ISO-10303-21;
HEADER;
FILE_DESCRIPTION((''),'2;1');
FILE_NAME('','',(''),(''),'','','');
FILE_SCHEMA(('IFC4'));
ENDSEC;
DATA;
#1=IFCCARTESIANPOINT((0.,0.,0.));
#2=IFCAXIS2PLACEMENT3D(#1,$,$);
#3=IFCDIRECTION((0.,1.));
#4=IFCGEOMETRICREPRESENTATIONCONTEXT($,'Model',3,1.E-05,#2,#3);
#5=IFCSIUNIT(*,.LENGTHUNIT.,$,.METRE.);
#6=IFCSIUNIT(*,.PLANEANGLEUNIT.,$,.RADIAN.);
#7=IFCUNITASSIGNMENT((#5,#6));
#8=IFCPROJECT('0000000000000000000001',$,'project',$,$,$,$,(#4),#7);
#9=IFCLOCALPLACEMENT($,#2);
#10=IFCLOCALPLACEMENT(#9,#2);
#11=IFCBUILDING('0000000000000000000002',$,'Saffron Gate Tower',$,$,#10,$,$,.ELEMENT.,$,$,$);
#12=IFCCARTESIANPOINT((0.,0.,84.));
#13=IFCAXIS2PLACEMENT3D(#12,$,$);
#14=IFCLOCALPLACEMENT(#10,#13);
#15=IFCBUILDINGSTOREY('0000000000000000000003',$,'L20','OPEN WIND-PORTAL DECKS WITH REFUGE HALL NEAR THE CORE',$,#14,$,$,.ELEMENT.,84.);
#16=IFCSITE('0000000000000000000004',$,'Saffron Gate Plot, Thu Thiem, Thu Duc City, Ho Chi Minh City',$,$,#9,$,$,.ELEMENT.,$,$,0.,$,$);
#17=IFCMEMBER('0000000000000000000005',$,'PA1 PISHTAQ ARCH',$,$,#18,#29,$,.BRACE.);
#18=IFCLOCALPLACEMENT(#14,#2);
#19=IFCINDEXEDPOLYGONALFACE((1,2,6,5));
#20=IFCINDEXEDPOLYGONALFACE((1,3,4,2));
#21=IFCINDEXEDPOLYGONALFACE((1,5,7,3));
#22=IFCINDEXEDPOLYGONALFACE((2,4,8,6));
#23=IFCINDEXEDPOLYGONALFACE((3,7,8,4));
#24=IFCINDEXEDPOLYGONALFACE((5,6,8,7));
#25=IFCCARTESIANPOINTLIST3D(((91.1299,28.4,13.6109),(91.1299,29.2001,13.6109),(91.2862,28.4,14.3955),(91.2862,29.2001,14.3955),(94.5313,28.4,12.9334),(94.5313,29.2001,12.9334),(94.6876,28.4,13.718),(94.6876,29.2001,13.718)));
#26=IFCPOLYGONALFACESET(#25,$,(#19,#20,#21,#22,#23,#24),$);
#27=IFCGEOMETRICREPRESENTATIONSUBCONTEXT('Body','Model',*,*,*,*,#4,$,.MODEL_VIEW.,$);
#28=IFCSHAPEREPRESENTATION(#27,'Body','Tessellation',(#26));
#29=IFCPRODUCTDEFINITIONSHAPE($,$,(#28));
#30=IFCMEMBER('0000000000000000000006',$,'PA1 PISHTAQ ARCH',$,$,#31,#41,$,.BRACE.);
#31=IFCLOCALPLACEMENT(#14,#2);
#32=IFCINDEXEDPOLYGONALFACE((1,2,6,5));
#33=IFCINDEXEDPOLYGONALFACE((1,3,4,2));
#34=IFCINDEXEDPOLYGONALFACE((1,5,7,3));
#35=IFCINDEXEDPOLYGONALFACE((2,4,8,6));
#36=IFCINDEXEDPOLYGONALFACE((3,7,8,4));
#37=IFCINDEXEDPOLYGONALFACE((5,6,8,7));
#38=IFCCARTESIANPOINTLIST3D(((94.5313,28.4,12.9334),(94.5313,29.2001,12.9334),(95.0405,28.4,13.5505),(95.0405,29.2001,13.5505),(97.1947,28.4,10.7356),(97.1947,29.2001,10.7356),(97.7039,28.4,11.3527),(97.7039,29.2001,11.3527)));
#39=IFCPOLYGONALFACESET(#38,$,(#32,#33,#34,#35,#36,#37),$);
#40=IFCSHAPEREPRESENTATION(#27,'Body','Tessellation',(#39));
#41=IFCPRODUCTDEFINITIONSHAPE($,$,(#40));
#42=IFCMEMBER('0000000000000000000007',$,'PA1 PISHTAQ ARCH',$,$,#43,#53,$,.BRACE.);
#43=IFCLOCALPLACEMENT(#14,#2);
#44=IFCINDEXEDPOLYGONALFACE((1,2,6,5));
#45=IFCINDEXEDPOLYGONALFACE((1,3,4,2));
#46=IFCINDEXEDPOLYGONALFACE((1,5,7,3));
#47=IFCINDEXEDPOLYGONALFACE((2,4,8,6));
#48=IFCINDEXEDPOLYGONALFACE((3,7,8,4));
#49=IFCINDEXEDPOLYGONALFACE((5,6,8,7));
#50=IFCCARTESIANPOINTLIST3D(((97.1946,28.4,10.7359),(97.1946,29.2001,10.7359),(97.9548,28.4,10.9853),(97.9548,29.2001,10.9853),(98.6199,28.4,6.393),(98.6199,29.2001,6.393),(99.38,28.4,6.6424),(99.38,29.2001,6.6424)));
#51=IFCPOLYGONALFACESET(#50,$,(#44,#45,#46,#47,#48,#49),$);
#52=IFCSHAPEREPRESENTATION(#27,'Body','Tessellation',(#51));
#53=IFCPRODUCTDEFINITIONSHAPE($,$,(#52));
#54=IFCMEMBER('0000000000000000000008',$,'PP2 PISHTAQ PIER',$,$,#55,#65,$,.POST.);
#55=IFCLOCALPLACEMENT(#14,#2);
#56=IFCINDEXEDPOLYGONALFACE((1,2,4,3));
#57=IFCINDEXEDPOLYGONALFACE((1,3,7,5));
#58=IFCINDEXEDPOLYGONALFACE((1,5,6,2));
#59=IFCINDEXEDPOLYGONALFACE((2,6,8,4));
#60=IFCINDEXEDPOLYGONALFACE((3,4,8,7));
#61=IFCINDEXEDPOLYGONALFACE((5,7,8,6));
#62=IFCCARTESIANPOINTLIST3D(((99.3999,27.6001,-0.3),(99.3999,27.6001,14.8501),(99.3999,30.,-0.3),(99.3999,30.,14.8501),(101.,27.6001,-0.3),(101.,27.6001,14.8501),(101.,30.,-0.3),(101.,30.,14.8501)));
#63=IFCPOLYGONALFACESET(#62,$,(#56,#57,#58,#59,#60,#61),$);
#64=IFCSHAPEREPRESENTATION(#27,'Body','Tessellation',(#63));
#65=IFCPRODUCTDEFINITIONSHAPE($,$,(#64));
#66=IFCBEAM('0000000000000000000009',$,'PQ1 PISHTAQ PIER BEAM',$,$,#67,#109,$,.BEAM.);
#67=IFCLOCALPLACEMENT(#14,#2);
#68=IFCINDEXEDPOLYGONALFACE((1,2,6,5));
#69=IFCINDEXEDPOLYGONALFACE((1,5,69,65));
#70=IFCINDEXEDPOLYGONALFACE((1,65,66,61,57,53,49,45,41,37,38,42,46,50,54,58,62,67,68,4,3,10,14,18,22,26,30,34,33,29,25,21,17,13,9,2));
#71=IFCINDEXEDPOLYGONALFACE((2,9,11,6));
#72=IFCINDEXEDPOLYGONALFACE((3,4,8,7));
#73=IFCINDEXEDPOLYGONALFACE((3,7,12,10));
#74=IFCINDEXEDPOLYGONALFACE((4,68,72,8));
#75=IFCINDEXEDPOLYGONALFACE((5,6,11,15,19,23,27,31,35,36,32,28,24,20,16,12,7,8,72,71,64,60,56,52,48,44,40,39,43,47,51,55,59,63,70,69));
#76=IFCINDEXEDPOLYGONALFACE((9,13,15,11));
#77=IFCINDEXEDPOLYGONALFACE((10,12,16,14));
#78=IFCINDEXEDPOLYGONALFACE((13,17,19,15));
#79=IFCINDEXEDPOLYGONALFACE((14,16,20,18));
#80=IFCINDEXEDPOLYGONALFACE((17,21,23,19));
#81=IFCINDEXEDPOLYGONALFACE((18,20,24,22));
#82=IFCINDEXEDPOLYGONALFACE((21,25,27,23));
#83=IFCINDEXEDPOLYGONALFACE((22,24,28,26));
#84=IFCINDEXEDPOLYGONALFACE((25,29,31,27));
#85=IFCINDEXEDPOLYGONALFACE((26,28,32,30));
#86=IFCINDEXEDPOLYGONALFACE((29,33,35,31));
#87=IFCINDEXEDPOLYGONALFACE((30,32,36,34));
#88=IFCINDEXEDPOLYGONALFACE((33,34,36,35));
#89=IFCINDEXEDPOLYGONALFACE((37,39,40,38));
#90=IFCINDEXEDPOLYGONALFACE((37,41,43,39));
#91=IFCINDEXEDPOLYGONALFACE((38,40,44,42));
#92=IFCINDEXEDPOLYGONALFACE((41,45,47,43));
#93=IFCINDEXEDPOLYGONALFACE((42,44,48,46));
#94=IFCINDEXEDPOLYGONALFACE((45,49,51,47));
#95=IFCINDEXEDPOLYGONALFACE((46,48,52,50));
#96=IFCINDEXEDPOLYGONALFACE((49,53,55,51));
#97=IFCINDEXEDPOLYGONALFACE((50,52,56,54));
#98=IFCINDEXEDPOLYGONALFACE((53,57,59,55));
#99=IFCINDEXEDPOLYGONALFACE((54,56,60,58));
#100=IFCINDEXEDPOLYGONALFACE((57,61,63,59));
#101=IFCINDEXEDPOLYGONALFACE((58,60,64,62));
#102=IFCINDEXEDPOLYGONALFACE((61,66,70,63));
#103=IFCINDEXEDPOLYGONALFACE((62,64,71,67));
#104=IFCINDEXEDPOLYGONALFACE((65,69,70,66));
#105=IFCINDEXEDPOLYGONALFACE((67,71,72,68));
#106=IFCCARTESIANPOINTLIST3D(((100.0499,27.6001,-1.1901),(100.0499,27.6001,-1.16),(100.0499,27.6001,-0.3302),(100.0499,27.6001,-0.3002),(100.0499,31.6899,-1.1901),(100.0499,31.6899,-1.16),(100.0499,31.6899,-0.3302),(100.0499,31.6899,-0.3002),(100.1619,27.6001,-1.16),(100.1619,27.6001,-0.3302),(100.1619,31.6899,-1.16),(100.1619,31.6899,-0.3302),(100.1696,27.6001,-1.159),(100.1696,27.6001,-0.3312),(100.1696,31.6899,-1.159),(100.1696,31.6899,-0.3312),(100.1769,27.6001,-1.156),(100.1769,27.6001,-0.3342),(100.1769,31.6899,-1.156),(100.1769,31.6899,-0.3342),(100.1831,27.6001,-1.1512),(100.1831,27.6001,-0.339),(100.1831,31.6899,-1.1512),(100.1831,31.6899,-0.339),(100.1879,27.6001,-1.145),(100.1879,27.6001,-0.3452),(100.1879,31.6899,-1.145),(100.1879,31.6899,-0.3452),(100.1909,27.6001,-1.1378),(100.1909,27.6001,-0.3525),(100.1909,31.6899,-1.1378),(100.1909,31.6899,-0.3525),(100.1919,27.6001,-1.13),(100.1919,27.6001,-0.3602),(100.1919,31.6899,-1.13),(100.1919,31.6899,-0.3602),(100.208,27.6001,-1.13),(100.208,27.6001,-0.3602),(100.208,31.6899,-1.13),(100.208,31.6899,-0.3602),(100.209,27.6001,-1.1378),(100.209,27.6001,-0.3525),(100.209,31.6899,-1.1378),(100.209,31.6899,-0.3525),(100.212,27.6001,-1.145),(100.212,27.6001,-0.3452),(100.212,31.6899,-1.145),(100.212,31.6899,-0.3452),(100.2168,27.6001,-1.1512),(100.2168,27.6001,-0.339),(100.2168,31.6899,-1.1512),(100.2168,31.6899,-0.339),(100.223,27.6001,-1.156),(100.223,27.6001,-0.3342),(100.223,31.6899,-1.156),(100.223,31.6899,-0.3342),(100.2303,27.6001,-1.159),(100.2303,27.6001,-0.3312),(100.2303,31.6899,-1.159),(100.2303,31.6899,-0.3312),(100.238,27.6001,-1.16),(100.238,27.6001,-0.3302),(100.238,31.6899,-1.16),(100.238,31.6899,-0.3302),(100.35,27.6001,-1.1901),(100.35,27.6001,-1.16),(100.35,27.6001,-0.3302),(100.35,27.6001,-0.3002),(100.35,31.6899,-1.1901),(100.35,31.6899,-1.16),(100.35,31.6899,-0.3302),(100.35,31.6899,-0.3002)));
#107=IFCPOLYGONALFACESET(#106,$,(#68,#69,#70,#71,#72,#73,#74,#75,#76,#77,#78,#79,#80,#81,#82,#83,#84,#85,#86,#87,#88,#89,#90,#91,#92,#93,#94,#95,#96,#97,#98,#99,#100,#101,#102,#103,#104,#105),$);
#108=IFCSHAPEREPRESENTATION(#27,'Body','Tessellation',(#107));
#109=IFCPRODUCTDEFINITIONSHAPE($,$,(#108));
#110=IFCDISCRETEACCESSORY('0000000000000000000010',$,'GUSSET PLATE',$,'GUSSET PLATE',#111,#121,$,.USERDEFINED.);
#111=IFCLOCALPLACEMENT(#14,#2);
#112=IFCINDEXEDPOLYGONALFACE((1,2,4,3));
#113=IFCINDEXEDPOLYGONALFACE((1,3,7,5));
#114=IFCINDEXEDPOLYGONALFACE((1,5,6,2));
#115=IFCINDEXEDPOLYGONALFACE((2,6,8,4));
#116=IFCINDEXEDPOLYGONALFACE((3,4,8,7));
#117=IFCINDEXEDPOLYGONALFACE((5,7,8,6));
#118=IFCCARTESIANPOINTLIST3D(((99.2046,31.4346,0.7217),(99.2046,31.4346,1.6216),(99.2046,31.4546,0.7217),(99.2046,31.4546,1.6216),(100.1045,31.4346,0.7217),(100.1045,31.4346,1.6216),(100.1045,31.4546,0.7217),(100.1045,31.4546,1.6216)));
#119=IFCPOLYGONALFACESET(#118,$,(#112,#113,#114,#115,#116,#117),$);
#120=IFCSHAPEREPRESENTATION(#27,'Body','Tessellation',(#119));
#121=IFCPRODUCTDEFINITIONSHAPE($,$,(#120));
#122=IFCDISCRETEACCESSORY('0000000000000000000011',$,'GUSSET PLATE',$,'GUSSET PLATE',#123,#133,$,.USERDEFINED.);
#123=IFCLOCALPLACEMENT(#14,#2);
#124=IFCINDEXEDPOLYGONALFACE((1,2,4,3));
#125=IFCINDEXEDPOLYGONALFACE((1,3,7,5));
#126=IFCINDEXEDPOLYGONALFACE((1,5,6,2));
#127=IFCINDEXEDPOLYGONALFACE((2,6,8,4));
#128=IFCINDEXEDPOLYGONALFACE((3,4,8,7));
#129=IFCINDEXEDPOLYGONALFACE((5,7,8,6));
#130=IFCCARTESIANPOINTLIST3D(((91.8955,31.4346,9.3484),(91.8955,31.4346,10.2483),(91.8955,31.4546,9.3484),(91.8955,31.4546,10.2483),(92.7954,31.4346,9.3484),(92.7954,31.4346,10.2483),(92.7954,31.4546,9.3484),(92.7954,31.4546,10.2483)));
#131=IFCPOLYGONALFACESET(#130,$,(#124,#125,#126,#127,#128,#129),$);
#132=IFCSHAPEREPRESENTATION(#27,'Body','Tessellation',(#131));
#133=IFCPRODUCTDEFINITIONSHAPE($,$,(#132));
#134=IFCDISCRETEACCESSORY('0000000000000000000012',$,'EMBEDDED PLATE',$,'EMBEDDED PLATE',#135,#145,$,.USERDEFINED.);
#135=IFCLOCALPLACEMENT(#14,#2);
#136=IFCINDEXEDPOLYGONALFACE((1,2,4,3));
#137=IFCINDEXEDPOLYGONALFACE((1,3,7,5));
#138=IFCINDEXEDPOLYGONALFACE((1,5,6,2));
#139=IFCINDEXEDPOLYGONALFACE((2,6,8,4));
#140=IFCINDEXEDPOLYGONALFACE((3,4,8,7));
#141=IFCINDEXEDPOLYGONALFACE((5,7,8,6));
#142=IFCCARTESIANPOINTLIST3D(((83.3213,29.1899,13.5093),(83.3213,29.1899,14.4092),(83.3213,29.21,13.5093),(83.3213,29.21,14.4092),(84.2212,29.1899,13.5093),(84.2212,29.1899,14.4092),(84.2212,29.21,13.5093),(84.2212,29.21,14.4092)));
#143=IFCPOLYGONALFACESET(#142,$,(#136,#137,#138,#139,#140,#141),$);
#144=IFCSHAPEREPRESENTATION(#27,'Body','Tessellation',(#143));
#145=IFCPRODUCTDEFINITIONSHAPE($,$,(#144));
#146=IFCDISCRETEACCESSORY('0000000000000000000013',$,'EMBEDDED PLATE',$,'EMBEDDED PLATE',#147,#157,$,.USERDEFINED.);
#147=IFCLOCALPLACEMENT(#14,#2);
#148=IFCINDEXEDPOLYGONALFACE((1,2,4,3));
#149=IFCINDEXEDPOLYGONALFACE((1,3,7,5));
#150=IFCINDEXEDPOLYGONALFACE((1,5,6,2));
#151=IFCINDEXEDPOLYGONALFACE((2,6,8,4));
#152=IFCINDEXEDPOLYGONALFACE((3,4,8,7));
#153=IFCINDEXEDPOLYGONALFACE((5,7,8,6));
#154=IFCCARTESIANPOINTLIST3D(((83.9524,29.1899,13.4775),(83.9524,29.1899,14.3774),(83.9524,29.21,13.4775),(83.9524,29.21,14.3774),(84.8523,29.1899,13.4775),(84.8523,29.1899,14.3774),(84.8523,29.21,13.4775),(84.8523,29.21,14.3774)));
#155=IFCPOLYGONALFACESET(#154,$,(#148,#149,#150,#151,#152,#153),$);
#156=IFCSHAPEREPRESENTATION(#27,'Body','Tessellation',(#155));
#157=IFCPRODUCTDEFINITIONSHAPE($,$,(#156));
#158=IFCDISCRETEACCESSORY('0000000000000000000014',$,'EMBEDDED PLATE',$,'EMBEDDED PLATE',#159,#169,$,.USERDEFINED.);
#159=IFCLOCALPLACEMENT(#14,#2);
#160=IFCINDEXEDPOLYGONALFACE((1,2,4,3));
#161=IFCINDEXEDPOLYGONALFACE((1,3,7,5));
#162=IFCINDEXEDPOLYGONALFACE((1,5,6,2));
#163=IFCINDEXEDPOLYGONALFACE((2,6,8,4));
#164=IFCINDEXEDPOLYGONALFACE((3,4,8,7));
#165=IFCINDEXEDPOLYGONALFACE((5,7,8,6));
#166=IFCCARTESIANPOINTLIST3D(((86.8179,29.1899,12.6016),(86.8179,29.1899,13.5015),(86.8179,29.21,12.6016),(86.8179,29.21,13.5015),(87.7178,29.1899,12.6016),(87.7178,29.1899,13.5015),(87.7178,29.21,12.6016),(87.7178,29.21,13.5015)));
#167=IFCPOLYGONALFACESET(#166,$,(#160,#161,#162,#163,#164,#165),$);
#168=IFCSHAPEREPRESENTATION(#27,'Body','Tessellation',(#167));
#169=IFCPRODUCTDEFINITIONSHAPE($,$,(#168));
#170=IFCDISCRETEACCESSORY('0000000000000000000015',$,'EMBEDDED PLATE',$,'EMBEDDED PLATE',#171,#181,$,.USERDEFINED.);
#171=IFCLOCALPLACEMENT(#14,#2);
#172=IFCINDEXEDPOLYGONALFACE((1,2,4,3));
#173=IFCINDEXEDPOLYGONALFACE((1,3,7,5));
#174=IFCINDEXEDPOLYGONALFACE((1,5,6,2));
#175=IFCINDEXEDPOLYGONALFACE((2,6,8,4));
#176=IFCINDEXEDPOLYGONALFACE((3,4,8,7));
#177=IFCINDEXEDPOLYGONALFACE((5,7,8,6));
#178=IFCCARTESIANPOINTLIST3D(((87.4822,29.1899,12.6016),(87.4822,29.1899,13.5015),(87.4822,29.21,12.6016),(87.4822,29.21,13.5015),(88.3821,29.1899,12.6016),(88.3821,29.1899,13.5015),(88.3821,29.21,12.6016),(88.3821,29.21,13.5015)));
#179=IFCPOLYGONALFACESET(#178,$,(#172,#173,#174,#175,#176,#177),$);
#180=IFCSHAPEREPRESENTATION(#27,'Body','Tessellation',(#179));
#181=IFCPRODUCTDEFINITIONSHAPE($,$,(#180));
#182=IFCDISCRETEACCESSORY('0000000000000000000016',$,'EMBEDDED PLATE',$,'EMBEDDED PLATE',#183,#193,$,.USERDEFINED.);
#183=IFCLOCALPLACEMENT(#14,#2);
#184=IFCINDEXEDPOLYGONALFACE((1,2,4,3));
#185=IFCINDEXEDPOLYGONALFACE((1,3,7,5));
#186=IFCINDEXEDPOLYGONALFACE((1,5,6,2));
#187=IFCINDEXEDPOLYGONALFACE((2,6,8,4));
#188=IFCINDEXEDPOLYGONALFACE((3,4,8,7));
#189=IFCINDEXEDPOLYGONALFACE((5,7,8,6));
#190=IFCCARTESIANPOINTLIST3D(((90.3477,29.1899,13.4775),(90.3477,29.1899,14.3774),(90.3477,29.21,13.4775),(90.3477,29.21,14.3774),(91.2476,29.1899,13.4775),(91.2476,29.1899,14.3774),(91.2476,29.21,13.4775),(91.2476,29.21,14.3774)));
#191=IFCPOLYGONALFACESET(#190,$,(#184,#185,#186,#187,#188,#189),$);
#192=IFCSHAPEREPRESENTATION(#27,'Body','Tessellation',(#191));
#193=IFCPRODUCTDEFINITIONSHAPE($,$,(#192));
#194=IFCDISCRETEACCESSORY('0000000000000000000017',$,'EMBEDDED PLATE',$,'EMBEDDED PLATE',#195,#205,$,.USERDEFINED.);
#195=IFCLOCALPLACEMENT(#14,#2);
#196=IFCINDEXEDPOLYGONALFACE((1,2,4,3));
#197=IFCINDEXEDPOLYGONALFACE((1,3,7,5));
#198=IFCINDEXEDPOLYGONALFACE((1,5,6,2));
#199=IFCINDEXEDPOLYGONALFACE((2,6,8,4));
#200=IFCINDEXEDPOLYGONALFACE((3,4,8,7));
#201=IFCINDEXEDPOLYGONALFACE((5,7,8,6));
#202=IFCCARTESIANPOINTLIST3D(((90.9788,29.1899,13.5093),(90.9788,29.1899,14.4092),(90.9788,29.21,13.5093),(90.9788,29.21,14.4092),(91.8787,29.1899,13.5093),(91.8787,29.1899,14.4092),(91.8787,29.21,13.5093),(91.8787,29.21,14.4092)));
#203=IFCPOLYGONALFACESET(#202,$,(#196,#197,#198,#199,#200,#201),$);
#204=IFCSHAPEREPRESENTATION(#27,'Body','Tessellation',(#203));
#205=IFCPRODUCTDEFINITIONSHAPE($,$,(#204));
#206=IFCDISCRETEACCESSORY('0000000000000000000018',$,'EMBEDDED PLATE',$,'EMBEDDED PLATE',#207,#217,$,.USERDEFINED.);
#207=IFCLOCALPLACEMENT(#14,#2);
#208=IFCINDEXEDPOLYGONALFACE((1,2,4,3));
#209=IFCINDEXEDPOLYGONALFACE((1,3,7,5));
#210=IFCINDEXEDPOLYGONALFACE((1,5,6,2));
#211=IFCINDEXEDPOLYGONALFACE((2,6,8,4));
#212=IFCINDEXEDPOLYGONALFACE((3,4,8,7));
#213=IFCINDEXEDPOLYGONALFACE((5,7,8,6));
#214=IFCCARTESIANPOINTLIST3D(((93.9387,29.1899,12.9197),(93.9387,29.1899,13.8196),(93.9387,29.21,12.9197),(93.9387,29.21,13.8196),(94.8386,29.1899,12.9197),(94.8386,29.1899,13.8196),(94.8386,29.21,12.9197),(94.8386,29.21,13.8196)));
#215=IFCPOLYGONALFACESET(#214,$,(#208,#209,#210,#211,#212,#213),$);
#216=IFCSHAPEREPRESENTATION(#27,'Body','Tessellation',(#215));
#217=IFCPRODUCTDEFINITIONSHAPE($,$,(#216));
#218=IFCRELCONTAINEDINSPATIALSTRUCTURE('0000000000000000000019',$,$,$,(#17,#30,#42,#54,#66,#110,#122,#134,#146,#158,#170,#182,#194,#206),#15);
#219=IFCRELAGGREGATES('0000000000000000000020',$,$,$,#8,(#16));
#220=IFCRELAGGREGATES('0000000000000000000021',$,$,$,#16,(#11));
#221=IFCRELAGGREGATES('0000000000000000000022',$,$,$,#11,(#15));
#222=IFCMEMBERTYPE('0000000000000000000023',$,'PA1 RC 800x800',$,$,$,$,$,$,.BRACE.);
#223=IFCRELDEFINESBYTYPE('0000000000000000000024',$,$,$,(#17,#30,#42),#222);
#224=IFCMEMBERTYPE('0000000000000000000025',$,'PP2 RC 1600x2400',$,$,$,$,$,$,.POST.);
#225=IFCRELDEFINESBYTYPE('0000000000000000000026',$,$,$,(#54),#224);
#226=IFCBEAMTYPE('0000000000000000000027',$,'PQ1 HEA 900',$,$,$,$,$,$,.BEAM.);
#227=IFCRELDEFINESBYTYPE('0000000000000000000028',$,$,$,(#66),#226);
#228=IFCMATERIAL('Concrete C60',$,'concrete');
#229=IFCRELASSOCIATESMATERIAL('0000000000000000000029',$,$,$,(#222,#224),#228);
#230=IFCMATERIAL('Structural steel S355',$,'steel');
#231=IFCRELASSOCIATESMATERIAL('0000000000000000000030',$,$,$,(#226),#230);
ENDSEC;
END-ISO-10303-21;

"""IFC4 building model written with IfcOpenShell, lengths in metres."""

from ifc_helpers import new_model, si_unit, direction, frame, origin, origin_2d, place, context, subcontext, project, spatial, rectangle, i_section, extrude, material, material_profile, profile_set, type_object, element, save


model = new_model("IFC4")

# Units and contexts
model_context = context("Model", 3, precision=1e-05, world=origin(), true_north=direction((0.0, 1.0)))
body_context = subcontext(model_context, "Body", "Model", "MODEL_VIEW")
ifc_project = project(units=[si_unit("LENGTHUNIT", "METRE"), si_unit("PLANEANGLEUNIT", "RADIAN")], contexts=[model_context])

# Site, building, storey
site_placement = place(None, origin())
site = spatial("IfcSite", under=ifc_project, at=site_placement, Name="Saffron Gate Plot, Thu Thiem, Thu Duc City, Ho Chi Minh City", CompositionType="ELEMENT", RefElevation=0.0)
building_placement = place(site_placement, origin())
building = spatial("IfcBuilding", under=site, at=building_placement, Name="Saffron Gate Tower", CompositionType="ELEMENT")
storey_placement = place(building_placement, frame((0.0, 0.0, 84.0)))
storey = spatial("IfcBuildingStorey", under=building, at=storey_placement, Name="L20", Description="OPEN WIND-PORTAL DECKS WITH REFUGE HALL NEAR THE CORE", CompositionType="ELEMENT", Elevation=84.0)

# Shared definitions
ifc_material_1 = material(Name="Concrete C60", Category="concrete")

# Shared definitions
ifc_material_2 = material(Name="Structural steel S355", Category="steel")

# Members
ifc_material_profile_1 = material_profile(ifc_material_1, rectangle(XDim=0.8, YDim=0.8, at=origin_2d()))
ifc_profile_set_1 = profile_set([ifc_material_profile_1], Name="Concrete C60")
member_type_1 = type_object("IfcMemberType", Name="PA1 RC 800x800", PredefinedType="BRACE", material=ifc_profile_set_1)
member_1_placement = place(storey_placement, frame((91.208, 28.8, 14.0032), z_axis=(0.980735, 0.0, -0.195344), x_axis=(0.0, 1.0, 0.0)))
element("IfcMember", 1, at=member_1_placement, inside=storey, type_object=member_type_1, Name="PA1 PISHTAQ ARCH", PredefinedType="BRACE", context=body_context, shape_type="SweptSolid", body=[
    extrude(rectangle(XDim=0.8, YDim=0.8, at=origin_2d()), origin(), (0.0, 0.0, 1.0), 3.4683),
])
member_2_placement = place(storey_placement, frame((94.7859, 28.8, 13.2419), z_axis=(0.771301, 0.0, -0.63647), x_axis=(0.0, 1.0, 0.0)))
element("IfcMember", 2, at=member_2_placement, inside=storey, type_object=member_type_1, Name="PA1 PISHTAQ ARCH", PredefinedType="BRACE", context=body_context, shape_type="SweptSolid", body=[
    extrude(rectangle(XDim=0.8, YDim=0.8, at=origin_2d()), origin(), (0.0, 0.0, 1.0), 3.4531),
])
member_3_placement = place(storey_placement, frame((97.5747, 28.8, 10.8606), z_axis=(0.311818, 0.0, -0.950142), x_axis=(0.0, 1.0, 0.0)))
element("IfcMember", 3, at=member_3_placement, inside=storey, type_object=member_type_1, Name="PA1 PISHTAQ ARCH", PredefinedType="BRACE", context=body_context, shape_type="SweptSolid", body=[
    extrude(rectangle(XDim=0.8, YDim=0.8, at=origin_2d()), origin(), (0.0, 0.0, 1.0), 4.5708),
])
ifc_material_profile_2 = material_profile(ifc_material_1, rectangle(XDim=1.6001, YDim=2.3999, at=origin_2d()))
ifc_profile_set_2 = profile_set([ifc_material_profile_2], Name="Concrete C60")
member_type_2 = type_object("IfcMemberType", Name="PP2 RC 1600x2400", PredefinedType="POST", material=ifc_profile_set_2)
member_4_placement = place(storey_placement, frame((100.2, 28.8, -0.3), z_axis=(0.0, 0.0, 1.0), x_axis=(1.0, 0.0, 0.0)))
element("IfcMember", 4, at=member_4_placement, inside=storey, type_object=member_type_2, Name="PP2 PISHTAQ PIER", PredefinedType="POST", context=body_context, shape_type="SweptSolid", body=[
    extrude(rectangle(XDim=1.6001, YDim=2.3999, at=origin_2d()), origin(), (0.0, 0.0, 1.0), 15.1501),
])

# Beam
ifc_material_profile_3 = material_profile(ifc_material_2, i_section(OverallWidth=0.3, OverallDepth=0.8899, WebThickness=0.0161, FlangeThickness=0.03, FilletRadius=0.03, at=origin_2d()))
ifc_profile_set_3 = profile_set([ifc_material_profile_3], Name="Structural steel S355")
beam_type_1 = type_object("IfcBeamType", Name="PQ1 HEA 900", PredefinedType="BEAM", material=ifc_profile_set_3)
beam_1_placement = place(storey_placement, frame((100.2, 27.6001, -0.7451), z_axis=(0.0, 1.0, 0.0), x_axis=(-1.0, 0.0, 0.0)))
element("IfcBeam", 5, at=beam_1_placement, inside=storey, type_object=beam_type_1, Name="PQ1 PISHTAQ PIER BEAM", PredefinedType="BEAM", context=body_context, shape_type="SweptSolid", body=[
    extrude(i_section(OverallWidth=0.3, OverallDepth=0.8899, WebThickness=0.0161, FlangeThickness=0.03, FilletRadius=0.03, at=origin_2d()), origin(), (0.0, 0.0, 1.0), 4.0898),
])

# Discrete accessories
for number, where, z_axis, x_axis, name in (
    (6, (99.6545, 31.4446, 0.7217), (0.0, 0.0, 1.0), (-1.0, 0.0, 0.0), "GUSSET PLATE"),
    (7, (92.3455, 31.4446, 9.3484), (0.0, 0.0, 1.0), (-1.0, 0.0, 0.0), "GUSSET PLATE"),
):
    element("IfcDiscreteAccessory", number, at=place(storey_placement, frame(where, z_axis=z_axis, x_axis=x_axis)), inside=storey, Name=name, ObjectType="GUSSET PLATE", PredefinedType="USERDEFINED", context=body_context, shape_type="SweptSolid", body=[
        extrude(rectangle(XDim=0.8999, YDim=0.02, at=origin_2d()), origin(), (0.0, 0.0, 1.0), 0.8999),
    ])
for number, where, z_axis, x_axis, name in (
    (8, (83.7712, 29.2, 13.5093), (0.0, 0.0, 1.0), (1.0, 0.0, 0.0), "EMBEDDED PLATE"),
    (9, (84.4023, 29.2, 13.4775), (0.0, 0.0, 1.0), (1.0, 0.0, 0.0), "EMBEDDED PLATE"),
    (10, (87.2678, 29.2, 12.6016), (0.0, 0.0, 1.0), (1.0, 0.0, 0.0), "EMBEDDED PLATE"),
    (11, (87.9321, 29.2, 12.6016), (0.0, 0.0, 1.0), (1.0, 0.0, 0.0), "EMBEDDED PLATE"),
    (12, (90.7976, 29.2, 13.4775), (0.0, 0.0, 1.0), (1.0, 0.0, 0.0), "EMBEDDED PLATE"),
    (13, (91.4287, 29.2, 13.5093), (0.0, 0.0, 1.0), (1.0, 0.0, 0.0), "EMBEDDED PLATE"),
    (14, (94.3887, 29.2, 12.9197), (0.0, 0.0, 1.0), (1.0, 0.0, 0.0), "EMBEDDED PLATE"),
):
    element("IfcDiscreteAccessory", number, at=place(storey_placement, frame(where, z_axis=z_axis, x_axis=x_axis)), inside=storey, Name=name, ObjectType="EMBEDDED PLATE", PredefinedType="USERDEFINED", context=body_context, shape_type="SweptSolid", body=[
        extrude(rectangle(XDim=0.8999, YDim=0.02, at=origin_2d()), origin(), (0.0, 0.0, 1.0), 0.8999),
    ])

save(model, "model.ifc")
